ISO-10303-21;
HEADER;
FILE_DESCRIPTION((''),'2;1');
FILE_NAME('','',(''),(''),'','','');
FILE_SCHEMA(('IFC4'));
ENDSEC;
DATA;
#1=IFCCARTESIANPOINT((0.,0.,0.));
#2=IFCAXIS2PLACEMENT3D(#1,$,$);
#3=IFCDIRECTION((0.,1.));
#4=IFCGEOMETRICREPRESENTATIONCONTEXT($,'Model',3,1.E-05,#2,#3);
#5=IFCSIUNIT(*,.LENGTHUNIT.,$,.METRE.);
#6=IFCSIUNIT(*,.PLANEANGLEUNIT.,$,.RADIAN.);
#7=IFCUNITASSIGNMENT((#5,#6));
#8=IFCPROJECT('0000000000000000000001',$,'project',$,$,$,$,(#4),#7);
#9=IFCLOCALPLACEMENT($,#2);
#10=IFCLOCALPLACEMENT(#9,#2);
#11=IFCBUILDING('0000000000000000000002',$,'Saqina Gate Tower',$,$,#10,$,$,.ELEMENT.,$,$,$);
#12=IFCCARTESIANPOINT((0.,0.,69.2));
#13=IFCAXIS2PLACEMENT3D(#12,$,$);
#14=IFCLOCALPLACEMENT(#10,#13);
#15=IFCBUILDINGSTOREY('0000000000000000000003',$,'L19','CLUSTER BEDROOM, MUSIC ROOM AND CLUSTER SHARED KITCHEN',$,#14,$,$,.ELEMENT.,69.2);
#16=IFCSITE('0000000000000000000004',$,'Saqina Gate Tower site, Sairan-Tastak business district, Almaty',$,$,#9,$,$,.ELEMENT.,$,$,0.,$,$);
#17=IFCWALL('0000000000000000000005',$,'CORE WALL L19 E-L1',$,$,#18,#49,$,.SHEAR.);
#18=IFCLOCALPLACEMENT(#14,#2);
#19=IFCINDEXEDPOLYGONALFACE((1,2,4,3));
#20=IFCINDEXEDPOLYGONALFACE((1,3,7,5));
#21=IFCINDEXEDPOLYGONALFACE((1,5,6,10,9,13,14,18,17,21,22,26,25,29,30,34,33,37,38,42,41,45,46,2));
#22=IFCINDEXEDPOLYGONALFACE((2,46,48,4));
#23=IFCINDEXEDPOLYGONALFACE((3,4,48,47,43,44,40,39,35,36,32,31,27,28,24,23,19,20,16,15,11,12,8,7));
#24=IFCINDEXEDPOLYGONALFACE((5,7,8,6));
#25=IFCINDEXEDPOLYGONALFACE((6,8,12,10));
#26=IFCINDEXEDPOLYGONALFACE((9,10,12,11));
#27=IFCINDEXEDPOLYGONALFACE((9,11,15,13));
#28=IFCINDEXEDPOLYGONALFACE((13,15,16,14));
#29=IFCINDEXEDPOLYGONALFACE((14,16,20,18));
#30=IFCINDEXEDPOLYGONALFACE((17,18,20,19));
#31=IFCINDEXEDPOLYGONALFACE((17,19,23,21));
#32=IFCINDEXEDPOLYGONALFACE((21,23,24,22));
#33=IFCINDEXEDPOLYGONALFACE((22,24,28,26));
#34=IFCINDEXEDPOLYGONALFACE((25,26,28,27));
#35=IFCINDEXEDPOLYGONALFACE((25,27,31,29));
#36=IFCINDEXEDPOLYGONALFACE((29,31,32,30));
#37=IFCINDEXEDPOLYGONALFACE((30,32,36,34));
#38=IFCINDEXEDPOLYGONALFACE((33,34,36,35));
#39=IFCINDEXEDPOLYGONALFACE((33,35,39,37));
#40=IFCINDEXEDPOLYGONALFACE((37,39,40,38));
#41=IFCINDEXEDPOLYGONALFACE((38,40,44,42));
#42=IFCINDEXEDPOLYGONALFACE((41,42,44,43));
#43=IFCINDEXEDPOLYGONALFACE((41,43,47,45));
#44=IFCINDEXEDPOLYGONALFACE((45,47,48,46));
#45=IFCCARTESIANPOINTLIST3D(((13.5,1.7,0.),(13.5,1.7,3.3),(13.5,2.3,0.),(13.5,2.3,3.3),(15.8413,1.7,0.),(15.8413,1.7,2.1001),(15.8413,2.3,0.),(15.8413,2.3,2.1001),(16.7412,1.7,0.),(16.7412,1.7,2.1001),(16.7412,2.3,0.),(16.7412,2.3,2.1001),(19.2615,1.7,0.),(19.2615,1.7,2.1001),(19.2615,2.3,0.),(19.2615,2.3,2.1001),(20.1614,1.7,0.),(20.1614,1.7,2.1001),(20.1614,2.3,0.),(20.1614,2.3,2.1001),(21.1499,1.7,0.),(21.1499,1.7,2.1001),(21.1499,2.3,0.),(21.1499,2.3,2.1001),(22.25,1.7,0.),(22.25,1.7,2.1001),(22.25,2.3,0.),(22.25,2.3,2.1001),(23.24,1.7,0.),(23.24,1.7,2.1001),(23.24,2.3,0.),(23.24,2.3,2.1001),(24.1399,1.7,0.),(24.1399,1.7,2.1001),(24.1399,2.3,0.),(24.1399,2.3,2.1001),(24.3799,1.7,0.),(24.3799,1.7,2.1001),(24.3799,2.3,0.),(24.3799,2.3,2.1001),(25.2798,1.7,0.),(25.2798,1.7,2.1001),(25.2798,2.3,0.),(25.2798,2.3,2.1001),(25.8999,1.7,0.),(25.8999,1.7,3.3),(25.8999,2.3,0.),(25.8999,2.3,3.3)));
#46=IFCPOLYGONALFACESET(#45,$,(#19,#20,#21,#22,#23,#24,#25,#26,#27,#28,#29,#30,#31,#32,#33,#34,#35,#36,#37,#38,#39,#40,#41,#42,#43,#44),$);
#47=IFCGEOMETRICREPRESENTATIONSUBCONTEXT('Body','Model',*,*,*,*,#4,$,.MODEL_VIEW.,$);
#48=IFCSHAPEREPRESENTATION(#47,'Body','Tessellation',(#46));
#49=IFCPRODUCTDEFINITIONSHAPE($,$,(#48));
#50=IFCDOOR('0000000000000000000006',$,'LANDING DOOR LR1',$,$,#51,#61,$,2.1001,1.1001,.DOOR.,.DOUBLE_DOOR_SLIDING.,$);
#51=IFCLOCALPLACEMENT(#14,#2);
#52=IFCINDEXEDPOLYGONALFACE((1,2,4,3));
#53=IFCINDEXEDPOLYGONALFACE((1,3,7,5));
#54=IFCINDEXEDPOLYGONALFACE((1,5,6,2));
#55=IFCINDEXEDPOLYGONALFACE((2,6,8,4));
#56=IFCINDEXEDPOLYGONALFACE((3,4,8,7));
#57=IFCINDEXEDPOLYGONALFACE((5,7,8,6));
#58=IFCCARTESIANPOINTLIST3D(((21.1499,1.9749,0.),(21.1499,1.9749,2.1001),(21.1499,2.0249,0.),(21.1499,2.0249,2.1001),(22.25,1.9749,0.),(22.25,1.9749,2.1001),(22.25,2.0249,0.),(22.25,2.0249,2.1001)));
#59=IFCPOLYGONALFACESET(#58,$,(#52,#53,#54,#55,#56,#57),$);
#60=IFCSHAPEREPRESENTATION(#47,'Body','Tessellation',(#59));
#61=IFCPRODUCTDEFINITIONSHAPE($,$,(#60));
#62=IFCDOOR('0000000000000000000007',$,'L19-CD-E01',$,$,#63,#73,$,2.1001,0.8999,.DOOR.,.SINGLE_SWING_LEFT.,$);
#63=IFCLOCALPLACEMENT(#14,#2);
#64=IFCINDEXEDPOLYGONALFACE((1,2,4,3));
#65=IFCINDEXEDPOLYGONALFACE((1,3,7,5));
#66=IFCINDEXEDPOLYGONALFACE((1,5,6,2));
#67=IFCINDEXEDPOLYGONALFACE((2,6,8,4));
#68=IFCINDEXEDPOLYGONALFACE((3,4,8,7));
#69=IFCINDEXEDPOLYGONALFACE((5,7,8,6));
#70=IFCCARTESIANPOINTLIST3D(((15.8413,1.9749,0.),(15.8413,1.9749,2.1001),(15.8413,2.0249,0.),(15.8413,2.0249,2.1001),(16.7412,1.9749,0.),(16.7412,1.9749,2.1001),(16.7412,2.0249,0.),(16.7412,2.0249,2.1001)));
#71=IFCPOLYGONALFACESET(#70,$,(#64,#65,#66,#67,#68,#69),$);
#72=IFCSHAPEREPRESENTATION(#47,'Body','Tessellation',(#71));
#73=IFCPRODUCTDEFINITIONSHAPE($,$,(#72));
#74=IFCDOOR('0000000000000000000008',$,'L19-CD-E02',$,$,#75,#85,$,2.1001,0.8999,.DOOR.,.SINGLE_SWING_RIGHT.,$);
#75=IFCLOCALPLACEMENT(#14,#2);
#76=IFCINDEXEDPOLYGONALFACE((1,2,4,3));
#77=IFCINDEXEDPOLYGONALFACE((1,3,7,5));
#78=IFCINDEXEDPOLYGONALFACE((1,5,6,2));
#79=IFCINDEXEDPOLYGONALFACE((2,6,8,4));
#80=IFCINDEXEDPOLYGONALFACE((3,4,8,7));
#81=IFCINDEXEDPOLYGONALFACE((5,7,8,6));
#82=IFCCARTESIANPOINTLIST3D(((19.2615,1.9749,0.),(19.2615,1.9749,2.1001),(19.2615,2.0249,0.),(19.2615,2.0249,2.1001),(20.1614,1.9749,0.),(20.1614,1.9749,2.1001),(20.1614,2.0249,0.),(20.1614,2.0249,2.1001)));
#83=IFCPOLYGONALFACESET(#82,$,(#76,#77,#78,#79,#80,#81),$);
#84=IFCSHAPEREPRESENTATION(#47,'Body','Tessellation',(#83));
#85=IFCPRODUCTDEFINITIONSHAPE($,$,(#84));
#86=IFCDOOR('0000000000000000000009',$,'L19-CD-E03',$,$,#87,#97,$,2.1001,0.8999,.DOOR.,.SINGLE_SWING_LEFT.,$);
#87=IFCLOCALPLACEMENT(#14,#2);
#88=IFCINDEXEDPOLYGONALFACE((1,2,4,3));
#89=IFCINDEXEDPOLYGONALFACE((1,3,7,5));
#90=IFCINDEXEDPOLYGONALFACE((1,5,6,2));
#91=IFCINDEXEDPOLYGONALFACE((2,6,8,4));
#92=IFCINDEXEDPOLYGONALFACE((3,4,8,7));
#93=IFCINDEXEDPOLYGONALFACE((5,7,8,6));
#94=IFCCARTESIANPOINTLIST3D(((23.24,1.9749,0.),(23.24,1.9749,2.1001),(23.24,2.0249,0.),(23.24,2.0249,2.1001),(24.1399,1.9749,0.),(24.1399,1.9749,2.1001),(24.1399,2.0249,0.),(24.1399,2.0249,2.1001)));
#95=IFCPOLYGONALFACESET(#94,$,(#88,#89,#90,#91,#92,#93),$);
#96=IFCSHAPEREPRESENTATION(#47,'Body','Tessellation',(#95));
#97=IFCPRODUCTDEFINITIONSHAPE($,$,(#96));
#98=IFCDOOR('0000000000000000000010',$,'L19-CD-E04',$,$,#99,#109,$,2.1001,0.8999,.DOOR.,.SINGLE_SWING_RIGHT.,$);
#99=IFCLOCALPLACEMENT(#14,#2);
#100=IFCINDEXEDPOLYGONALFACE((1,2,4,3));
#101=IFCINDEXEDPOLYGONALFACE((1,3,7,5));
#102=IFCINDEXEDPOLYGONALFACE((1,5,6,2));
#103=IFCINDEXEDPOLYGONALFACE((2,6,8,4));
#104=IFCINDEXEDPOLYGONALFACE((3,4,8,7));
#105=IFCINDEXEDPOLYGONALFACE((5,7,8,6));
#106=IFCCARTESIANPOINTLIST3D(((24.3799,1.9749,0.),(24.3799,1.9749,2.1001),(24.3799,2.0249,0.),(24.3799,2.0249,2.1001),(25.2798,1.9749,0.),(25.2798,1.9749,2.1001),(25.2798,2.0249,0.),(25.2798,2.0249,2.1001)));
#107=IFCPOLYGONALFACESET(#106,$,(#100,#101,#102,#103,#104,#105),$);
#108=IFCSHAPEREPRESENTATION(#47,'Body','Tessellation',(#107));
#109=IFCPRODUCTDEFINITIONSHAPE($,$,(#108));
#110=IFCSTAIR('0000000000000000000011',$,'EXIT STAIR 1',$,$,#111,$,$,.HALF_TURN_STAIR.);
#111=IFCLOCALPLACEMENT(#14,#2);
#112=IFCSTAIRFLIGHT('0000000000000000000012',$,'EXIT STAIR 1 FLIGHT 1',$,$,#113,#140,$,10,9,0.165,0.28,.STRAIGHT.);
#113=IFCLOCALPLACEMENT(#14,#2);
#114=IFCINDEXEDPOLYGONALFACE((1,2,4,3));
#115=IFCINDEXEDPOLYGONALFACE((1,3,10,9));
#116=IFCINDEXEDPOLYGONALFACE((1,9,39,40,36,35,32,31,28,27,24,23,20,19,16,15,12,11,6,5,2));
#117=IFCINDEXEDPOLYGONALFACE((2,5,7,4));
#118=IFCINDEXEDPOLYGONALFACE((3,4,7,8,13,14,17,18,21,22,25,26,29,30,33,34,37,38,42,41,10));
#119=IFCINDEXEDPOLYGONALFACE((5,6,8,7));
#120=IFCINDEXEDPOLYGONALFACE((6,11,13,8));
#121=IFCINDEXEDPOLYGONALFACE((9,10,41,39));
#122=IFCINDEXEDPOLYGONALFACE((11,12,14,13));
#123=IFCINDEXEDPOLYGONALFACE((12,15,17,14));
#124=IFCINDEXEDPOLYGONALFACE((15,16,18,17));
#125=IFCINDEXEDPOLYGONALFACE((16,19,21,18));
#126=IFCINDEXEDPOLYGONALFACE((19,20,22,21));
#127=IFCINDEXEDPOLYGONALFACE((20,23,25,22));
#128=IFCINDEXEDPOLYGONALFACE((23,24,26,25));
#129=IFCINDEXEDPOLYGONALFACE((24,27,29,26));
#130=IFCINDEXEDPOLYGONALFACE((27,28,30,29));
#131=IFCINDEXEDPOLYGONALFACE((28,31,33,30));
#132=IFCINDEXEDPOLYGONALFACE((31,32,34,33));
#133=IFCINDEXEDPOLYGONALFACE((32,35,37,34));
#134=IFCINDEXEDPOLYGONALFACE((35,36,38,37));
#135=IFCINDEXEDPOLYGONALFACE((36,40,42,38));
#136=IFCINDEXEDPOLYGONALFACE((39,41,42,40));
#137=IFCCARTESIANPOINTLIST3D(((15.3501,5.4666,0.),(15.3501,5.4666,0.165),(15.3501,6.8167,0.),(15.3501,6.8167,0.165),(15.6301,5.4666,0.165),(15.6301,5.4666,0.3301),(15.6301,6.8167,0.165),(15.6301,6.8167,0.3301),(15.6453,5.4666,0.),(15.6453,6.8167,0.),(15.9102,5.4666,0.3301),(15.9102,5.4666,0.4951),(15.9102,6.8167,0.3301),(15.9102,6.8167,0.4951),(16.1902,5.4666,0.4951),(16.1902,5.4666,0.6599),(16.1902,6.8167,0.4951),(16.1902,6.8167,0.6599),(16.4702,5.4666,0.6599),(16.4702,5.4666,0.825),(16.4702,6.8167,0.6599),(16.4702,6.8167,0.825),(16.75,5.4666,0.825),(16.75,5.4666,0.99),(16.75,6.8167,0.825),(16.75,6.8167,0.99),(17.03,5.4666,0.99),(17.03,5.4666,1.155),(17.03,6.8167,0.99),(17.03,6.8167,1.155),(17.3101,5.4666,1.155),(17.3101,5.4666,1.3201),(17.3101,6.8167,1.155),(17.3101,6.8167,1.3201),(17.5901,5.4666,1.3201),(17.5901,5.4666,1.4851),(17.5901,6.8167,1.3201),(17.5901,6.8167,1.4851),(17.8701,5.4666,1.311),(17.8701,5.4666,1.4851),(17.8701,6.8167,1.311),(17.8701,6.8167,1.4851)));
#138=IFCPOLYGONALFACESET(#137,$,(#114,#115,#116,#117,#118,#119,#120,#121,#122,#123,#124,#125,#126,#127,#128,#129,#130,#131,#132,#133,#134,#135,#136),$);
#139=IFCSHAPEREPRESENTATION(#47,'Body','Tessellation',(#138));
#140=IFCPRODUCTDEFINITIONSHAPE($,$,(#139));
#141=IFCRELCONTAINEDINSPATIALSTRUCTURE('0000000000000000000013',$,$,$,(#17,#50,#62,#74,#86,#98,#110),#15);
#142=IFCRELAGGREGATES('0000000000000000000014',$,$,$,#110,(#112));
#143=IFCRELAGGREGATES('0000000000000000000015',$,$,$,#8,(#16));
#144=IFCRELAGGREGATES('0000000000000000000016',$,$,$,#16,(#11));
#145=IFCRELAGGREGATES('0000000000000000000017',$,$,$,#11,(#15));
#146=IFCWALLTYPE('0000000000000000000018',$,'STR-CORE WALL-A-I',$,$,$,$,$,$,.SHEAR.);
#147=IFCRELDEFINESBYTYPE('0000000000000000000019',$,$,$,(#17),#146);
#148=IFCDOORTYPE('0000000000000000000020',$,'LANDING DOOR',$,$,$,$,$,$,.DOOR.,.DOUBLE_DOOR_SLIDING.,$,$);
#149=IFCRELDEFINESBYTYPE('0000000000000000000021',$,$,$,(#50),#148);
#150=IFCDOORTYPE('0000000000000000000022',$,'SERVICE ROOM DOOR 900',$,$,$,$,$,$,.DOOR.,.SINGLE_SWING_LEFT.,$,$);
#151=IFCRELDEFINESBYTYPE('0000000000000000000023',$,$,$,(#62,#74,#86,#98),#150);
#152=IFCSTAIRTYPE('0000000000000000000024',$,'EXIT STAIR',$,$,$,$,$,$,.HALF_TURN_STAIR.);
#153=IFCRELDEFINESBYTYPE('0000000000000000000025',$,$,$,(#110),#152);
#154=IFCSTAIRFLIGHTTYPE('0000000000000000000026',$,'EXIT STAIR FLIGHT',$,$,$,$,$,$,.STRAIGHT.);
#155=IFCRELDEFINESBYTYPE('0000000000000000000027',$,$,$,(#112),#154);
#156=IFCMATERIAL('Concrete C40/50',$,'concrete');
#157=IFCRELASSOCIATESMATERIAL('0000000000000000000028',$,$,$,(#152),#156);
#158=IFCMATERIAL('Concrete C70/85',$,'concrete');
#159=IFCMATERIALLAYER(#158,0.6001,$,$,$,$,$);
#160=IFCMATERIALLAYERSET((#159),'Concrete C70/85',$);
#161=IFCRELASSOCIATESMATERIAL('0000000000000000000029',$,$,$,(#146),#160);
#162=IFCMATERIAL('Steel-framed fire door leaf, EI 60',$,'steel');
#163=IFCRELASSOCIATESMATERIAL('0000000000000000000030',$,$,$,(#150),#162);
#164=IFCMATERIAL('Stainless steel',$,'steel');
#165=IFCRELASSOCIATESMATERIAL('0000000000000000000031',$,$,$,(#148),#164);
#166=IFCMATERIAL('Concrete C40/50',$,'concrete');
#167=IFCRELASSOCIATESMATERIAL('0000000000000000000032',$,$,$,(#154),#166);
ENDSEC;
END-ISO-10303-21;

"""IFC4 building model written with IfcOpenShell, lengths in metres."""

from ifc_helpers import new_model, si_unit, direction, frame, frame_2d, origin, place, context, subcontext, project, spatial, polyline, rectangle, outline, extrude, material, layer, layer_set, type_object, element, fill, aggregate, save


model = new_model("IFC4")

# Units and contexts
model_context = context("Model", 3, precision=1e-05, world=origin(), true_north=direction((0.0, 1.0)))
body_context = subcontext(model_context, "Body", "Model", "MODEL_VIEW")
ifc_project = project(units=[si_unit("LENGTHUNIT", "METRE"), si_unit("PLANEANGLEUNIT", "RADIAN")], contexts=[model_context])

# Site, building, storey
site_placement = place(None, origin())
site = spatial("IfcSite", under=ifc_project, at=site_placement, Name="Saqina Gate Tower site, Sairan-Tastak business district, Almaty", CompositionType="ELEMENT", RefElevation=0.0)
building_placement = place(site_placement, origin())
building = spatial("IfcBuilding", under=site, at=building_placement, Name="Saqina Gate Tower", CompositionType="ELEMENT")
storey_placement = place(building_placement, frame((0.0, 0.0, 69.2)))
storey = spatial("IfcBuildingStorey", under=building, at=storey_placement, Name="L19", Description="CLUSTER BEDROOM, MUSIC ROOM AND CLUSTER SHARED KITCHEN", CompositionType="ELEMENT", Elevation=69.2)

# Shared definitions
ifc_material_1 = material(Name="Concrete C40/50", Category="concrete")
stair_type = type_object("IfcStairType", Name="EXIT STAIR", PredefinedType="HALF_TURN_STAIR", material=ifc_material_1)

# Wall, openings, doors
ifc_material_2 = material(Name="Concrete C70/85", Category="concrete")
ifc_layer_1 = layer(ifc_material_2, 0.6001)
ifc_layer_set_1 = layer_set([ifc_layer_1], Name="Concrete C70/85")
wall_type_1 = type_object("IfcWallType", Name="STR-CORE WALL-A-I", PredefinedType="SHEAR", material=ifc_layer_set_1)
ifc_material_3 = material(Name="Steel-framed fire door leaf, EI 60", Category="steel")
door_type_1 = type_object("IfcDoorType", Name="SERVICE ROOM DOOR 900", OperationType="SINGLE_SWING_LEFT", PredefinedType="DOOR", material=ifc_material_3)
wall_1_placement = place(storey_placement, frame((13.5, 2.0, 0.0), z_axis=(0.0, 0.0, 1.0), x_axis=(1.0, 0.0, 0.0)))
wall_1 = element("IfcWall", 1, at=wall_1_placement, inside=storey, type_object=wall_type_1, Name="CORE WALL L19 E-L1", PredefinedType="SHEAR", context=body_context, shape_type="SweptSolid", body=[
    extrude(rectangle(XDim=12.3999, YDim=0.6001, at=frame_2d((6.2, 0.0))), origin(), (0.0, 0.0, 1.0), 3.3),
])
opening_1_placement = place(wall_1_placement, frame((7.6499, 0.0, 0.0)))
opening_1 = element("IfcOpeningElement", 2, at=opening_1_placement, cuts=wall_1, PredefinedType="OPENING", context=body_context, shape_type="SweptSolid", body=[
    extrude(rectangle(XDim=1.1001, YDim=2.1001, at=frame_2d((0.55, 1.05))), frame((0.0, 0.312, 0.0), z_axis=(0.0, -1.0, 0.0), x_axis=(1.0, 0.0, 0.0)), (0.0, 0.0, 1.0), 0.624),
])
opening_2_placement = place(wall_1_placement, frame((2.3413, 0.0, 0.0)))
opening_2 = element("IfcOpeningElement", 3, at=opening_2_placement, cuts=wall_1, PredefinedType="OPENING", context=body_context, shape_type="SweptSolid", body=[
    extrude(rectangle(XDim=0.8999, YDim=2.1001, at=frame_2d((0.45, 1.05))), frame((0.0, 0.312, 0.0), z_axis=(0.0, -1.0, 0.0), x_axis=(1.0, 0.0, 0.0)), (0.0, 0.0, 1.0), 0.624),
])
opening_3_placement = place(wall_1_placement, frame((5.7615, 0.0, 0.0)))
opening_3 = element("IfcOpeningElement", 4, at=opening_3_placement, cuts=wall_1, PredefinedType="OPENING", context=body_context, shape_type="SweptSolid", body=[
    extrude(rectangle(XDim=0.8999, YDim=2.1001, at=frame_2d((0.45, 1.05))), frame((0.0, 0.312, 0.0), z_axis=(0.0, -1.0, 0.0), x_axis=(1.0, 0.0, 0.0)), (0.0, 0.0, 1.0), 0.624),
])
opening_4_placement = place(wall_1_placement, frame((9.74, 0.0, 0.0)))
opening_4 = element("IfcOpeningElement", 5, at=opening_4_placement, cuts=wall_1, PredefinedType="OPENING", context=body_context, shape_type="SweptSolid", body=[
    extrude(rectangle(XDim=0.8999, YDim=2.1001, at=frame_2d((0.45, 1.05))), frame((0.0, 0.312, 0.0), z_axis=(0.0, -1.0, 0.0), x_axis=(1.0, 0.0, 0.0)), (0.0, 0.0, 1.0), 0.624),
])
opening_5_placement = place(wall_1_placement, frame((10.8799, 0.0, 0.0)))
opening_5 = element("IfcOpeningElement", 6, at=opening_5_placement, cuts=wall_1, PredefinedType="OPENING", context=body_context, shape_type="SweptSolid", body=[
    extrude(rectangle(XDim=0.8999, YDim=2.1001, at=frame_2d((0.45, 1.05))), frame((0.0, 0.312, 0.0), z_axis=(0.0, -1.0, 0.0), x_axis=(1.0, 0.0, 0.0)), (0.0, 0.0, 1.0), 0.624),
])
ifc_material_4 = material(Name="Stainless steel", Category="steel")
door_type_2 = type_object("IfcDoorType", Name="LANDING DOOR", OperationType="DOUBLE_DOOR_SLIDING", PredefinedType="DOOR", material=ifc_material_4)
door_1_placement = place(opening_1_placement, origin())
door_1 = element("IfcDoor", 7, at=door_1_placement, inside=storey, type_object=door_type_2, Name="LANDING DOOR LR1", OperationType="DOUBLE_DOOR_SLIDING", OverallHeight=2.1001, OverallWidth=1.1001, PredefinedType="DOOR", context=body_context, shape_type="SweptSolid", body=[
    extrude(rectangle(XDim=1.1001, YDim=2.1001, at=frame_2d((0.55, 1.05))), frame((0.0, 0.0249, 0.0), z_axis=(0.0, -1.0, 0.0), x_axis=(1.0, 0.0, 0.0)), (0.0, 0.0, 1.0), 0.05),
])
fill(opening_1, door_1)
door_2_placement = place(opening_2_placement, origin())
door_2 = element("IfcDoor", 8, at=door_2_placement, inside=storey, type_object=door_type_1, Name="L19-CD-E01", OperationType="SINGLE_SWING_LEFT", OverallHeight=2.1001, OverallWidth=0.8999, PredefinedType="DOOR", context=body_context, shape_type="SweptSolid", body=[
    extrude(rectangle(XDim=0.8999, YDim=2.1001, at=frame_2d((0.45, 1.05))), frame((0.0, 0.0249, 0.0), z_axis=(0.0, -1.0, 0.0), x_axis=(1.0, 0.0, 0.0)), (0.0, 0.0, 1.0), 0.05),
])
fill(opening_2, door_2)
door_3_placement = place(opening_3_placement, origin())
door_3 = element("IfcDoor", 9, at=door_3_placement, inside=storey, type_object=door_type_1, Name="L19-CD-E02", OperationType="SINGLE_SWING_RIGHT", OverallHeight=2.1001, OverallWidth=0.8999, PredefinedType="DOOR", context=body_context, shape_type="SweptSolid", body=[
    extrude(rectangle(XDim=0.8999, YDim=2.1001, at=frame_2d((0.45, 1.05))), frame((0.0, 0.0249, 0.0), z_axis=(0.0, -1.0, 0.0), x_axis=(1.0, 0.0, 0.0)), (0.0, 0.0, 1.0), 0.05),
])
fill(opening_3, door_3)
door_4_placement = place(opening_4_placement, origin())
door_4 = element("IfcDoor", 10, at=door_4_placement, inside=storey, type_object=door_type_1, Name="L19-CD-E03", OperationType="SINGLE_SWING_LEFT", OverallHeight=2.1001, OverallWidth=0.8999, PredefinedType="DOOR", context=body_context, shape_type="SweptSolid", body=[
    extrude(rectangle(XDim=0.8999, YDim=2.1001, at=frame_2d((0.45, 1.05))), frame((0.0, 0.0249, 0.0), z_axis=(0.0, -1.0, 0.0), x_axis=(1.0, 0.0, 0.0)), (0.0, 0.0, 1.0), 0.05),
])
fill(opening_4, door_4)
door_5_placement = place(opening_5_placement, origin())
door_5 = element("IfcDoor", 11, at=door_5_placement, inside=storey, type_object=door_type_1, Name="L19-CD-E04", OperationType="SINGLE_SWING_RIGHT", OverallHeight=2.1001, OverallWidth=0.8999, PredefinedType="DOOR", context=body_context, shape_type="SweptSolid", body=[
    extrude(rectangle(XDim=0.8999, YDim=2.1001, at=frame_2d((0.45, 1.05))), frame((0.0, 0.0249, 0.0), z_axis=(0.0, -1.0, 0.0), x_axis=(1.0, 0.0, 0.0)), (0.0, 0.0, 1.0), 0.05),
])
fill(opening_5, door_5)

# Stair, stair flight
stair_1_placement = place(storey_placement, origin())
stair_1 = element("IfcStair", 12, at=stair_1_placement, inside=storey, type_object=stair_type, Name="EXIT STAIR 1", PredefinedType="HALF_TURN_STAIR")
ifc_material_5 = material(Name="Concrete C40/50", Category="concrete")
stair_flight_type = type_object("IfcStairFlightType", Name="EXIT STAIR FLIGHT", PredefinedType="STRAIGHT", material=ifc_material_5)
stair_flight_placement = place(storey_placement, frame((15.3501, 6.1416, 0.0), z_axis=(0.0, 0.0, 1.0), x_axis=(1.0, 0.0, 0.0)))
stair_flight = element("IfcStairFlight", 13, at=stair_flight_placement, type_object=stair_flight_type, Name="EXIT STAIR 1 FLIGHT 1", NumberOfRisers=10, NumberOfTreads=9, PredefinedType="STRAIGHT", RiserHeight=0.165, TreadLength=0.28, context=body_context, shape_type="SweptSolid", body=[
    extrude(outline(polyline([(0.0, 0.0), (0.0, 0.165), (0.28, 0.165), (0.28, 0.3301), (0.5601, 0.3301), (0.5601, 0.4951), (0.8401, 0.4951), (0.8401, 0.6599), (1.1201, 0.6599), (1.1201, 0.825), (1.3999, 0.825), (1.3999, 0.99), (1.6799, 0.99), (1.6799, 1.155), (1.96, 1.155), (1.96, 1.3201), (2.24, 1.3201), (2.24, 1.4851), (2.52, 1.4851), (2.52, 1.6499), (2.52, 1.311), (0.2952, 0.0), (0.0, 0.0)])), frame((0.0, 0.675, 0.0), z_axis=(0.0, -1.0, 0.0), x_axis=(1.0, 0.0, 0.0)), (0.0, 0.0, 1.0), 1.3501),
])
aggregate(stair_1, [stair_flight])

save(model, "model.ifc")
